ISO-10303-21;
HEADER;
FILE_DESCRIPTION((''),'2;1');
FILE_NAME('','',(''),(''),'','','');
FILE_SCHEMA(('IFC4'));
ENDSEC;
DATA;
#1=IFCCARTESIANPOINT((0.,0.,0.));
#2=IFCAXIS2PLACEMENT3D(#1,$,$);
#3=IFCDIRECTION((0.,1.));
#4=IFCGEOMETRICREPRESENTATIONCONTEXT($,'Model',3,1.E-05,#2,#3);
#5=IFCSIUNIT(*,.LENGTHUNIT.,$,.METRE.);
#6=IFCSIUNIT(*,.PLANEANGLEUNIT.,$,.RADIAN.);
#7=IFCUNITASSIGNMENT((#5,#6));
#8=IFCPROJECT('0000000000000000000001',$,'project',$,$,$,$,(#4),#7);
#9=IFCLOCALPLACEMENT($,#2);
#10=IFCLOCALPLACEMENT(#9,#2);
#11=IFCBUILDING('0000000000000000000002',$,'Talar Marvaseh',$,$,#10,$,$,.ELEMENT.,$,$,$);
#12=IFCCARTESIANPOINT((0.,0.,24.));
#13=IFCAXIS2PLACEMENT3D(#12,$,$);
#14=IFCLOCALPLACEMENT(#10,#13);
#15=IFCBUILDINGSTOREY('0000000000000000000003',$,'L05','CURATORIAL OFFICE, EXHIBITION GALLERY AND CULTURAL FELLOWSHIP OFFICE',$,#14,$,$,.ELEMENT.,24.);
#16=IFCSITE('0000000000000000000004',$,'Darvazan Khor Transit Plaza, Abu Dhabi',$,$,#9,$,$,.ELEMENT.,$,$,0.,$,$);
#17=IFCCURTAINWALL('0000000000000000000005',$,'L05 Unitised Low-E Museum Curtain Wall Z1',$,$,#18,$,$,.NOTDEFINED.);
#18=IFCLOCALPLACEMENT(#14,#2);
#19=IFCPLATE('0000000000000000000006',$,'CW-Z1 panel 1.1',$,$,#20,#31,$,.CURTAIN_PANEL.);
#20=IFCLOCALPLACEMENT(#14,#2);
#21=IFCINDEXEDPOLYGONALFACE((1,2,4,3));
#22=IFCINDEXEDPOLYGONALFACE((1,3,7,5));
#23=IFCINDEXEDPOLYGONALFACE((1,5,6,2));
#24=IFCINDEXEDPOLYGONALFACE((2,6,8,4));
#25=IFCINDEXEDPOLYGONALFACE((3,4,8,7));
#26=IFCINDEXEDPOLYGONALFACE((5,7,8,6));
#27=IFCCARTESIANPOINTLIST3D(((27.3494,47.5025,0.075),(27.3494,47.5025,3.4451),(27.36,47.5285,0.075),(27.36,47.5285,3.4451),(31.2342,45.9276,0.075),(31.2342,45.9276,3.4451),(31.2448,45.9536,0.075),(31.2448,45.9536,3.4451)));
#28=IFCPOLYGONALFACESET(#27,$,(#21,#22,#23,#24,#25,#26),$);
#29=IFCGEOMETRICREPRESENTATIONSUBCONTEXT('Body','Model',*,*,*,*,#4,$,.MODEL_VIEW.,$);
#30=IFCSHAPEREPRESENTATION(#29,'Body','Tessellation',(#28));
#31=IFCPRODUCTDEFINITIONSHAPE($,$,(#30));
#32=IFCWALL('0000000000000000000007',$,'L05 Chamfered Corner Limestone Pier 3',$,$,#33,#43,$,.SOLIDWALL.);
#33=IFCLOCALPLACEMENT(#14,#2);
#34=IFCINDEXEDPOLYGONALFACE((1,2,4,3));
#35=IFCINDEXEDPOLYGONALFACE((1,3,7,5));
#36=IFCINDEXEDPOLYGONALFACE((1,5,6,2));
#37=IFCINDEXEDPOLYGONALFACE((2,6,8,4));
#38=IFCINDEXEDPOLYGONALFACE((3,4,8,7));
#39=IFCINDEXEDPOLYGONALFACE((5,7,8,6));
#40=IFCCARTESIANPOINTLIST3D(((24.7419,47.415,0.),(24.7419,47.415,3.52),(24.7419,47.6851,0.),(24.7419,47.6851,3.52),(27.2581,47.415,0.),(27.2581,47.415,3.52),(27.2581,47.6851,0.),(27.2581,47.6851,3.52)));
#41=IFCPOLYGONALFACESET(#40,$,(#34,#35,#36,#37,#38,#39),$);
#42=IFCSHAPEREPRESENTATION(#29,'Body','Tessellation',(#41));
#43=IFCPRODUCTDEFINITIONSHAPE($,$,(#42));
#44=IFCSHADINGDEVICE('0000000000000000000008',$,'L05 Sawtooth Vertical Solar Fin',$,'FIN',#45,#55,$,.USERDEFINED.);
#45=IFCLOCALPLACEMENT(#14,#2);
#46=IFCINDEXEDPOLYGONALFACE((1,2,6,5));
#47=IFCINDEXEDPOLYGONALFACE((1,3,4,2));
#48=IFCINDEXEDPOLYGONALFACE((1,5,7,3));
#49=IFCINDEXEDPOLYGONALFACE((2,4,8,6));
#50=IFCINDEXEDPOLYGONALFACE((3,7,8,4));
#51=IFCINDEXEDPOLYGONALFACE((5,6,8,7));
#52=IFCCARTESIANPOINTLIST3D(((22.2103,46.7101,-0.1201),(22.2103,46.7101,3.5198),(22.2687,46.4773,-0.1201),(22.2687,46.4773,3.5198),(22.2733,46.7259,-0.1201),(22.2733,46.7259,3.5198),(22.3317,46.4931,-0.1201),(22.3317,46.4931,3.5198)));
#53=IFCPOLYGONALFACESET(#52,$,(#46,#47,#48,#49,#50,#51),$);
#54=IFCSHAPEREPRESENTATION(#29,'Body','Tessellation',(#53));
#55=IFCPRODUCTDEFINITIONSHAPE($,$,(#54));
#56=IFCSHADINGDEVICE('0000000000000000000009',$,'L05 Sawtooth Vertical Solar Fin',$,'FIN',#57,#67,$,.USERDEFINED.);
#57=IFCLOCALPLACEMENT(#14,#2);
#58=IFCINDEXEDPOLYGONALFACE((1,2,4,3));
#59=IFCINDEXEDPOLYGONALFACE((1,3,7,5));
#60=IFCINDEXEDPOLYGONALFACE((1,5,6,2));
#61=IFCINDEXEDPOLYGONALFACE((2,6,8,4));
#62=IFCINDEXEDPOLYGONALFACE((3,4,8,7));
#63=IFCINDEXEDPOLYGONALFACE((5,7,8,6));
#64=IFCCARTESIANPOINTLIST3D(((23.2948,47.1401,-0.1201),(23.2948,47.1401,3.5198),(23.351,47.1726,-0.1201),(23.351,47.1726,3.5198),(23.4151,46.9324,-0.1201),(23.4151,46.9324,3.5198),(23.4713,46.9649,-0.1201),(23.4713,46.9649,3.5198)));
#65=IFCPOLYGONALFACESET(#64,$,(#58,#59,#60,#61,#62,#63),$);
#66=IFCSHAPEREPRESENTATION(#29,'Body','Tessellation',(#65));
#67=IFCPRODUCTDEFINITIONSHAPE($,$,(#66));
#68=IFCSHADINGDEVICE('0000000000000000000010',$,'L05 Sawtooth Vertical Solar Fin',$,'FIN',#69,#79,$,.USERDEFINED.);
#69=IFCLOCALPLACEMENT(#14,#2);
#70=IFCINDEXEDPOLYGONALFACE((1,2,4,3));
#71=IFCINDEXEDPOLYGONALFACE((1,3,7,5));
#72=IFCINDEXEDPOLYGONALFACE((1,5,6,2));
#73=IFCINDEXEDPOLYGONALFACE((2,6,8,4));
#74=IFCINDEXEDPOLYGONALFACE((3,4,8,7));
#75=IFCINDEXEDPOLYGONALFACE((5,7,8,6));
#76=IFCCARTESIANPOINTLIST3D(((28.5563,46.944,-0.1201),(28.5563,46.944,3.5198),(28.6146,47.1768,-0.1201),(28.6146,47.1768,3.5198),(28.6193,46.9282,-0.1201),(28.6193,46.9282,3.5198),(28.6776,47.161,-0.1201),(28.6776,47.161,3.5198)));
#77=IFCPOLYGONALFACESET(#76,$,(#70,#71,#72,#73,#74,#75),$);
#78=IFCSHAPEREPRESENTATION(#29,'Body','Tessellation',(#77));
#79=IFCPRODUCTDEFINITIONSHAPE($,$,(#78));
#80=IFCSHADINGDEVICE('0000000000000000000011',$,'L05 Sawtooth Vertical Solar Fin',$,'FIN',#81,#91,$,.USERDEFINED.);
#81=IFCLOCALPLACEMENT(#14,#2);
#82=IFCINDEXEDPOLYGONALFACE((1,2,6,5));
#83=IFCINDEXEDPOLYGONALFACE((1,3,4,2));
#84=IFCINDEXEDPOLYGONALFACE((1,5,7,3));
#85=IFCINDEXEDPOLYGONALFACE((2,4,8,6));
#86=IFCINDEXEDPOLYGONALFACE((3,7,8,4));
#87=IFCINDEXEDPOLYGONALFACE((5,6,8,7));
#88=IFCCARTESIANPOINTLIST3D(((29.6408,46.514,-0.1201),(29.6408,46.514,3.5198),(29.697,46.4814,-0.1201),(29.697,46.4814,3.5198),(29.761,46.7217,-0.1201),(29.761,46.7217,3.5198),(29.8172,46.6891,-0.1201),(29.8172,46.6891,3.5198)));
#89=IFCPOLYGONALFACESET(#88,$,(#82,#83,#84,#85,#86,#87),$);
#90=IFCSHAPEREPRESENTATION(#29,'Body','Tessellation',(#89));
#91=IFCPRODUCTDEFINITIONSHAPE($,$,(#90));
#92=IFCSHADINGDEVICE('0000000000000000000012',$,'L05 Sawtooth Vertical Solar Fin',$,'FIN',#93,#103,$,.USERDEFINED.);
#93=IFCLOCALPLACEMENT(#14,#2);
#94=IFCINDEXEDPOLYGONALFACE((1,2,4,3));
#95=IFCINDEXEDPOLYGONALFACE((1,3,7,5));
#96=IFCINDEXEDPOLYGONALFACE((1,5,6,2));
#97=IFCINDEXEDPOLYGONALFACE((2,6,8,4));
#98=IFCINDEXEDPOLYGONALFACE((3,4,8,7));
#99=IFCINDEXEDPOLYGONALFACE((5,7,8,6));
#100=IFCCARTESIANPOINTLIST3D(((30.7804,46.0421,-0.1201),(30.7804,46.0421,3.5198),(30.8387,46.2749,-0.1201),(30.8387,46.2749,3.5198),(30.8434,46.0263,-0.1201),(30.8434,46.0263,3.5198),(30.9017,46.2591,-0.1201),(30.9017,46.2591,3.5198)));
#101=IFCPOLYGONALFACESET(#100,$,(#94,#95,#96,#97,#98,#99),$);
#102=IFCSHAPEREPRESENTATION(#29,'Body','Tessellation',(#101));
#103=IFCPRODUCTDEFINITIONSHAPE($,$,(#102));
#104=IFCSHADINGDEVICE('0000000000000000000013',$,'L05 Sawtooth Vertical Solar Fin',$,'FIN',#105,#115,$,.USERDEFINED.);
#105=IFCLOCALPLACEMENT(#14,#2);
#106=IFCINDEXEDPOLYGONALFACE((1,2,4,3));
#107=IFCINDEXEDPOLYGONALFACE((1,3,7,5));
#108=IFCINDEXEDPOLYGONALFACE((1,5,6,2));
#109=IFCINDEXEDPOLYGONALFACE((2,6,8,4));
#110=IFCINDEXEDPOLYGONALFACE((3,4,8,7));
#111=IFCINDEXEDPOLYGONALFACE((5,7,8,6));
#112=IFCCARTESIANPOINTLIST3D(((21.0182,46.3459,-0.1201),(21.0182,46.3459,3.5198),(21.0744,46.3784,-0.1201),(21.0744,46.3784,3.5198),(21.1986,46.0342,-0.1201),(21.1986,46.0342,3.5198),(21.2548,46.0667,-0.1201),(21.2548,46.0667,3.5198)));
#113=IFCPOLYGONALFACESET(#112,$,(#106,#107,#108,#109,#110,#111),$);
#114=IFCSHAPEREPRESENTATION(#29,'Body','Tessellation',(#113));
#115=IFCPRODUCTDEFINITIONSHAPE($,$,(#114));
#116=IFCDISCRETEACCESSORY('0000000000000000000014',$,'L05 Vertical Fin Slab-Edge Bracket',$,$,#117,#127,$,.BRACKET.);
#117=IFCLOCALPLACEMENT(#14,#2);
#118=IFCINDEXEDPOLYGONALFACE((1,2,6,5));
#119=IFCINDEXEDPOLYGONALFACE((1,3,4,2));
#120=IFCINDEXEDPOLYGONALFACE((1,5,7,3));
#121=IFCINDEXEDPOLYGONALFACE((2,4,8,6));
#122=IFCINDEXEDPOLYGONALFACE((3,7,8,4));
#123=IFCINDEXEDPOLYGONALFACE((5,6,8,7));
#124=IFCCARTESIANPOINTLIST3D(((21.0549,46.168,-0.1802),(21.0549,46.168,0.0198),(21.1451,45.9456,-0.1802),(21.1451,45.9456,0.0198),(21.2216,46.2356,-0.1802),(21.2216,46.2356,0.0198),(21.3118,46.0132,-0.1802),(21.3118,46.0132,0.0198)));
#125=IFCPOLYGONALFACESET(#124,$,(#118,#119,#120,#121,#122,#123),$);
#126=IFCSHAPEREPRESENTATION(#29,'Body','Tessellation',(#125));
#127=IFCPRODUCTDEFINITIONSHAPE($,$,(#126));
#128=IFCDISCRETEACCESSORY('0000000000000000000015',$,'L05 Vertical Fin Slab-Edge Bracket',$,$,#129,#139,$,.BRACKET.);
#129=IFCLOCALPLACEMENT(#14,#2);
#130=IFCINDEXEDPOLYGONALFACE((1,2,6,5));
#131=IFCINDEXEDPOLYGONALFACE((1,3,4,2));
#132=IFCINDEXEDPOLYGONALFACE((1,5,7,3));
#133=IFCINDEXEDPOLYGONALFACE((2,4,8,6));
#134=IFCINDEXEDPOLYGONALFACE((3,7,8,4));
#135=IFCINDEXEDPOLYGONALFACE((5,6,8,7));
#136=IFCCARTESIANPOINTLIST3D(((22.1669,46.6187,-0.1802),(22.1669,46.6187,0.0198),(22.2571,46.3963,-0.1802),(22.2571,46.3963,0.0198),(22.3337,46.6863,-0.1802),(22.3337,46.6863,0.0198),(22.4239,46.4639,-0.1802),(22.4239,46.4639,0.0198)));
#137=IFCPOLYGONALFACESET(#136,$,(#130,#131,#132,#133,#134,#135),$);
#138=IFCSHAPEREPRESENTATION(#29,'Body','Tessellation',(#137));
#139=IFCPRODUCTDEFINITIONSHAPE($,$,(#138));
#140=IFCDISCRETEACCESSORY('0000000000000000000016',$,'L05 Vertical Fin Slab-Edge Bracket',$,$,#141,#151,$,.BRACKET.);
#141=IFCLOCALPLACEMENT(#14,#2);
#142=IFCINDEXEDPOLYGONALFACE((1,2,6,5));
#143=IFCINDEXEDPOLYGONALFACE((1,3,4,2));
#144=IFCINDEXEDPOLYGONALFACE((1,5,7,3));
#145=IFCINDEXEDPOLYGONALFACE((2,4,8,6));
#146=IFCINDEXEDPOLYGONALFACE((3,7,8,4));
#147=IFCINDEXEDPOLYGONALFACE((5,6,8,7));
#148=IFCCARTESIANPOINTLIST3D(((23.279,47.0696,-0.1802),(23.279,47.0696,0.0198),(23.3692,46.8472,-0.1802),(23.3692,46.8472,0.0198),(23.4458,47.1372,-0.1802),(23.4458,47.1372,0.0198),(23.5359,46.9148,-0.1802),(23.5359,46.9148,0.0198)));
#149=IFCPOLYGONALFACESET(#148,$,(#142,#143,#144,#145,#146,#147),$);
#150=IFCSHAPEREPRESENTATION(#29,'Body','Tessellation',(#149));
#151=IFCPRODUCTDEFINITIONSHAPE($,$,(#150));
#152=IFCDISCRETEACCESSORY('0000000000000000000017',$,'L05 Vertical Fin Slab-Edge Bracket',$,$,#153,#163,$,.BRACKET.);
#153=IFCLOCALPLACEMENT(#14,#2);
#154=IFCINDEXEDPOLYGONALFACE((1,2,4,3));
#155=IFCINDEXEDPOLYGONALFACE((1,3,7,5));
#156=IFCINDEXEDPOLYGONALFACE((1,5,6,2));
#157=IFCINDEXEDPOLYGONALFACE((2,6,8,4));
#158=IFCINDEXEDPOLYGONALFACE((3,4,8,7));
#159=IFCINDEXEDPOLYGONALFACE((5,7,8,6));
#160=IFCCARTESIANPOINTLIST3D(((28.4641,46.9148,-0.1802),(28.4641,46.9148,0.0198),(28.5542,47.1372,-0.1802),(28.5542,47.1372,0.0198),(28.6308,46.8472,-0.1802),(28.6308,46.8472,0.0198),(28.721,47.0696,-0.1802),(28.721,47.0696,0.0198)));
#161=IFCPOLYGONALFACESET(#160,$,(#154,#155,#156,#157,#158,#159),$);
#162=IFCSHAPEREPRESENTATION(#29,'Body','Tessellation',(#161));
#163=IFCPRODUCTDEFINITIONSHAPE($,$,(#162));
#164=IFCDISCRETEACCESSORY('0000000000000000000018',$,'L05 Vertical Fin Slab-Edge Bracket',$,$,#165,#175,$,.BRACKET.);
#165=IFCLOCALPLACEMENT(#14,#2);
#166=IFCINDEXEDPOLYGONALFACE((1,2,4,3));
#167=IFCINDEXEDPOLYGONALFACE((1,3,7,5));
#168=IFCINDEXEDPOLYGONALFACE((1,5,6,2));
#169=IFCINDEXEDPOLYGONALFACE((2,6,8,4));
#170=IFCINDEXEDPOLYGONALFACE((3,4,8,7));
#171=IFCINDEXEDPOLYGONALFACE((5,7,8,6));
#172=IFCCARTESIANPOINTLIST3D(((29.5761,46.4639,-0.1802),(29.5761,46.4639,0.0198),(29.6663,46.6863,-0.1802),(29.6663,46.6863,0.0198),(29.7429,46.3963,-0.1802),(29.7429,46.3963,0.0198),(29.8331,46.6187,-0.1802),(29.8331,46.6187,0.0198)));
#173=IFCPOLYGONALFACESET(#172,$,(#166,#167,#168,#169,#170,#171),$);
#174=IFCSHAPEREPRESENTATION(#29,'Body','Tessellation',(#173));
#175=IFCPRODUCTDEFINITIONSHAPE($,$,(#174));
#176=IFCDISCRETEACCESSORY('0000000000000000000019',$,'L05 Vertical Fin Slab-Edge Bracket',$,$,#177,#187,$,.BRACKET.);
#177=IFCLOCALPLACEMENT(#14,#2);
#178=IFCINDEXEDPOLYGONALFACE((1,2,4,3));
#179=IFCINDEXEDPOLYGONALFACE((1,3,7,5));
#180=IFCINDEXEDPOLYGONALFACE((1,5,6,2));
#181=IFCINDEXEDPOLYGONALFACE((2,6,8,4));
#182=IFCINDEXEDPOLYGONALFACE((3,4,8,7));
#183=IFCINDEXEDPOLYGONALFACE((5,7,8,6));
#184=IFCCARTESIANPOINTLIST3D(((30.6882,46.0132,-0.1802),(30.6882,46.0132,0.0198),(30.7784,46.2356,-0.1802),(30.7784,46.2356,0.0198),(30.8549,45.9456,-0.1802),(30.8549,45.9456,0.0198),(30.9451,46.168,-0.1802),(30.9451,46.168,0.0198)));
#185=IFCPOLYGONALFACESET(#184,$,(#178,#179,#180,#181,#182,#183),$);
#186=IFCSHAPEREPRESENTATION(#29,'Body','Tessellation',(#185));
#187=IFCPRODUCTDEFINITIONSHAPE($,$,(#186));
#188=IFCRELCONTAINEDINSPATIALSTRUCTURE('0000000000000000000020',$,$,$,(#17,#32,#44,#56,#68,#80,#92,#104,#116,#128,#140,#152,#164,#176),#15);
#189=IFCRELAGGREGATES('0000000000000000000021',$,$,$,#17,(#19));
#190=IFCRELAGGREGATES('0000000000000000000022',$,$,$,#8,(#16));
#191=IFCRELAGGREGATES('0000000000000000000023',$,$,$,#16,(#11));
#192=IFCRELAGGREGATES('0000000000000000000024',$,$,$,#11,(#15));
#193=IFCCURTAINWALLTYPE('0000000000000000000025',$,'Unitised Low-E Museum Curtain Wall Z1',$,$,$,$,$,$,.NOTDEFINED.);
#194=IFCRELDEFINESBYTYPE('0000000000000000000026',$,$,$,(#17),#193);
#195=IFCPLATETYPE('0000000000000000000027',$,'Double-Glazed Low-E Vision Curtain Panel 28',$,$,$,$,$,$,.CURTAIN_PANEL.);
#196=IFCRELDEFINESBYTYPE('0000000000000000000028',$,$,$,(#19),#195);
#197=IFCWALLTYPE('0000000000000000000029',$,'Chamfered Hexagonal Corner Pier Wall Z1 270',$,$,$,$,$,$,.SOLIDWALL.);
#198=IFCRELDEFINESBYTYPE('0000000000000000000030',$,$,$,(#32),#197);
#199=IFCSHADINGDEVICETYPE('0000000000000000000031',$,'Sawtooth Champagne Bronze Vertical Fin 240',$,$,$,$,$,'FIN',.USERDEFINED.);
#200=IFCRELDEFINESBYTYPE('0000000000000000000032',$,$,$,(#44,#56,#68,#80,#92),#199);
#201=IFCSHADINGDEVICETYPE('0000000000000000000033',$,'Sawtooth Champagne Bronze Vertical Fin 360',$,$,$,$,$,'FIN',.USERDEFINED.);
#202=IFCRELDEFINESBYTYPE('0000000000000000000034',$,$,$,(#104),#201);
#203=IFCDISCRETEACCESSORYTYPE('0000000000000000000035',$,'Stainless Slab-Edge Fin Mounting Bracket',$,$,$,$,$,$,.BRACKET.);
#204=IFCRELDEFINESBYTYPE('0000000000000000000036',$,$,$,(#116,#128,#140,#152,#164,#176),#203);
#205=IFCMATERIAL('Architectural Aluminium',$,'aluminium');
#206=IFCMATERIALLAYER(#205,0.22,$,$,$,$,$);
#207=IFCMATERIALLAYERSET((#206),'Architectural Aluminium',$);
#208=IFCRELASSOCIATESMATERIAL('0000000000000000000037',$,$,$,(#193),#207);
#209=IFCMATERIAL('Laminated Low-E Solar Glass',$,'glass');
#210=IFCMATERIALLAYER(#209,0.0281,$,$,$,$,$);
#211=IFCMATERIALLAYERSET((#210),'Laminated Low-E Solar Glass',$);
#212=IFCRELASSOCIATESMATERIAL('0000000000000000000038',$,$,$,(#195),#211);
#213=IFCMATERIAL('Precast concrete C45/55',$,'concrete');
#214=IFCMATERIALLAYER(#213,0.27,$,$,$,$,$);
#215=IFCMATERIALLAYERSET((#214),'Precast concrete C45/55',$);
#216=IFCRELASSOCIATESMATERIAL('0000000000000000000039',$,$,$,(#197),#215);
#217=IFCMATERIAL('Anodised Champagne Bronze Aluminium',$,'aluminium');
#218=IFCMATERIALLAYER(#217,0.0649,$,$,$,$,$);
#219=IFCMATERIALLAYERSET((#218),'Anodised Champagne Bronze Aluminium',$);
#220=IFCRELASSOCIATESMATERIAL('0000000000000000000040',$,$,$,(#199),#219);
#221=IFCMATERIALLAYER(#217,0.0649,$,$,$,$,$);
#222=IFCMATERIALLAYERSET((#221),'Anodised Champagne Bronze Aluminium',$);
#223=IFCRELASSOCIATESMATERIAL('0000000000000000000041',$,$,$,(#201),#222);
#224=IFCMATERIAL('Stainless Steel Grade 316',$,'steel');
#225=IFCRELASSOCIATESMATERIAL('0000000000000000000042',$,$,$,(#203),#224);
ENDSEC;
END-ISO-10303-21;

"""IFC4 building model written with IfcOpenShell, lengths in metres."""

from ifc_helpers import new_model, si_unit, direction, frame, frame_2d, origin, origin_2d, place, context, subcontext, project, spatial, rectangle, extrude, source, transform, mapped, material, layer, layer_set, type_object, type_shapes, element, aggregate, save


model = new_model("IFC4")

# Units and contexts
model_context = context("Model", 3, precision=1e-05, world=origin(), true_north=direction((0.0, 1.0)))
body_context = subcontext(model_context, "Body", "Model", "MODEL_VIEW")
ifc_project = project(units=[si_unit("LENGTHUNIT", "METRE"), si_unit("PLANEANGLEUNIT", "RADIAN")], contexts=[model_context])

# Site, building, storey
site_placement = place(None, origin())
site = spatial("IfcSite", under=ifc_project, at=site_placement, Name="Darvazan Khor Transit Plaza, Abu Dhabi", CompositionType="ELEMENT", RefElevation=0.0)
building_placement = place(site_placement, origin())
building = spatial("IfcBuilding", under=site, at=building_placement, Name="Talar Marvaseh", CompositionType="ELEMENT")
storey_placement = place(building_placement, frame((0.0, 0.0, 24.0)))
storey = spatial("IfcBuildingStorey", under=building, at=storey_placement, Name="L05", Description="CURATORIAL OFFICE, EXHIBITION GALLERY AND CULTURAL FELLOWSHIP OFFICE", CompositionType="ELEMENT", Elevation=24.0)

# Curtain wall
ifc_material_1 = material(Name="Architectural Aluminium", Category="aluminium")
ifc_layer_1 = layer(ifc_material_1, 0.22)
ifc_layer_set_1 = layer_set([ifc_layer_1], Name="Architectural Aluminium")
curtain_wall_type = type_object("IfcCurtainWallType", Name="Unitised Low-E Museum Curtain Wall Z1", PredefinedType="NOTDEFINED", material=ifc_layer_set_1)
curtain_wall_1_placement = place(storey_placement, origin())
curtain_wall_1 = element("IfcCurtainWall", 1, at=curtain_wall_1_placement, inside=storey, type_object=curtain_wall_type, Name="L05 Unitised Low-E Museum Curtain Wall Z1", PredefinedType="NOTDEFINED")

# Plate
ifc_material_2 = material(Name="Laminated Low-E Solar Glass", Category="glass")
ifc_layer_2 = layer(ifc_material_2, 0.0281)
ifc_layer_set_2 = layer_set([ifc_layer_2], Name="Laminated Low-E Solar Glass")
plate_type = type_object("IfcPlateType", Name="Double-Glazed Low-E Vision Curtain Panel 28", PredefinedType="CURTAIN_PANEL", material=ifc_layer_set_2)
shared_shape_1 = source(origin(), body_context, "Body", "SweptSolid", [
    extrude(rectangle(XDim=4.1919, YDim=0.0281, at=origin_2d()), origin(), (0.0, 0.0, 1.0), 3.3701),
])
type_shapes(plate_type, [shared_shape_1])
plate_1_placement = place(storey_placement, frame((29.2971, 46.728, 0.075), z_axis=(0.0, 0.0, 1.0), x_axis=(0.926739, -0.375705, 0.0)))
plate_1 = element("IfcPlate", 2, at=plate_1_placement, type_object=plate_type, Name="CW-Z1 panel 1.1", PredefinedType="CURTAIN_PANEL", context=body_context, shape_type="MappedRepresentation", body=[
    mapped(shared_shape_1, transform((0.0, 0.0, 0.0), x_axis=(1.0, 0.0, 0.0), y_axis=(0.0, 1.0, 0.0), z_axis=(0.0, 0.0, 1.0), scale=1.0)),
])
aggregate(curtain_wall_1, [plate_1])

# Wall
ifc_material_3 = material(Name="Precast concrete C45/55", Category="concrete")
ifc_layer_3 = layer(ifc_material_3, 0.27)
ifc_layer_set_3 = layer_set([ifc_layer_3], Name="Precast concrete C45/55")
wall_type = type_object("IfcWallType", Name="Chamfered Hexagonal Corner Pier Wall Z1 270", PredefinedType="SOLIDWALL", material=ifc_layer_set_3)
wall_placement = place(storey_placement, frame((24.7419, 47.55, 0.0), z_axis=(0.0, 0.0, 1.0), x_axis=(1.0, 0.0, 0.0)))
element("IfcWall", 3, at=wall_placement, inside=storey, type_object=wall_type, Name="L05 Chamfered Corner Limestone Pier 3", PredefinedType="SOLIDWALL", context=body_context, shape_type="SweptSolid", body=[
    extrude(rectangle(XDim=2.5161, YDim=0.27, at=frame_2d((1.2581, 0.0))), origin(), (0.0, 0.0, 1.0), 3.52),
])

# Shading devices
ifc_material_4 = material(Name="Anodised Champagne Bronze Aluminium", Category="aluminium")
ifc_layer_4 = layer(ifc_material_4, 0.0649)
ifc_layer_set_4 = layer_set([ifc_layer_4], Name="Anodised Champagne Bronze Aluminium")
shading_device_type_1 = type_object("IfcShadingDeviceType", Name="Sawtooth Champagne Bronze Vertical Fin 240", ElementType="FIN", PredefinedType="USERDEFINED", material=ifc_layer_set_4)
shared_shape_2 = source(origin(), body_context, "Body", "SweptSolid", [
    extrude(rectangle(XDim=0.24, YDim=0.0649, at=origin_2d()), origin(), (0.0, 0.0, 1.0), 3.6399),
])
type_shapes(shading_device_type_1, [shared_shape_2])
for number, where, z_axis, x_axis, name in (
    (4, (22.271, 46.6016, -0.1201), (0.0, 0.0, 1.0), (-0.243107, 0.969999, 0.0), "L05 Sawtooth Vertical Solar Fin"),
    (5, (23.3831, 47.0525, -0.1201), (0.0, 0.0, 1.0), (-0.501058, 0.865414, 0.0), "L05 Sawtooth Vertical Solar Fin"),
    (6, (28.6169, 47.0525, -0.1201), (0.0, 0.0, 1.0), (0.243107, 0.969999, 0.0), "L05 Sawtooth Vertical Solar Fin"),
    (7, (29.729, 46.6016, -0.1201), (0.0, 0.0, 1.0), (0.501058, 0.865414, 0.0), "L05 Sawtooth Vertical Solar Fin"),
    (8, (30.8411, 46.1506, -0.1201), (0.0, 0.0, 1.0), (0.243107, 0.969999, 0.0), "L05 Sawtooth Vertical Solar Fin"),
):
    element("IfcShadingDevice", number, at=place(storey_placement, frame(where, z_axis=z_axis, x_axis=x_axis)), inside=storey, type_object=shading_device_type_1, Name=name, ObjectType="FIN", PredefinedType="USERDEFINED", context=body_context, shape_type="MappedRepresentation", body=[
        mapped(shared_shape_2, transform((0.0, 0.0, 0.0), x_axis=(1.0, 0.0, 0.0), y_axis=(0.0, 1.0, 0.0), z_axis=(0.0, 0.0, 1.0), scale=1.0)),
    ])
ifc_layer_5 = layer(ifc_material_4, 0.0649)
ifc_layer_set_5 = layer_set([ifc_layer_5], Name="Anodised Champagne Bronze Aluminium")
shading_device_type_2 = type_object("IfcShadingDeviceType", Name="Sawtooth Champagne Bronze Vertical Fin 360", ElementType="FIN", PredefinedType="USERDEFINED", material=ifc_layer_set_5)
shared_shape_3 = source(origin(), body_context, "Body", "SweptSolid", [
    extrude(rectangle(XDim=0.3601, YDim=0.0649, at=origin_2d()), origin(), (0.0, 0.0, 1.0), 3.6399),
])
type_shapes(shading_device_type_2, [shared_shape_3])
shading_device_placement = place(storey_placement, frame((21.1365, 46.2063, -0.1201), z_axis=(0.0, 0.0, 1.0), x_axis=(-0.501058, 0.865414, 0.0)))
element("IfcShadingDevice", 9, at=shading_device_placement, inside=storey, type_object=shading_device_type_2, Name="L05 Sawtooth Vertical Solar Fin", ObjectType="FIN", PredefinedType="USERDEFINED", context=body_context, shape_type="MappedRepresentation", body=[
    mapped(shared_shape_3, transform((0.0, 0.0, 0.0), x_axis=(1.0, 0.0, 0.0), y_axis=(0.0, 1.0, 0.0), z_axis=(0.0, 0.0, 1.0), scale=1.0)),
])

# Discrete accessories
ifc_material_5 = material(Name="Stainless Steel Grade 316", Category="steel")
discrete_accessory_type = type_object("IfcDiscreteAccessoryType", Name="Stainless Slab-Edge Fin Mounting Bracket", PredefinedType="BRACKET", material=ifc_material_5)
shared_shape_4 = source(origin(), body_context, "Body", "SweptSolid", [
    extrude(rectangle(XDim=0.24, YDim=0.1799, at=origin_2d()), origin(), (0.0, 0.0, 1.0), 0.2),
])
type_shapes(discrete_accessory_type, [shared_shape_4])
for number, where, z_axis, x_axis, name in (
    (10, (21.1833, 46.0906, -0.1802), (0.0, 0.0, 1.0), (-0.375739, 0.926725, 0.0), "L05 Vertical Fin Slab-Edge Bracket"),
    (11, (22.2954, 46.5413, -0.1802), (0.0, 0.0, 1.0), (-0.375739, 0.926725, 0.0), "L05 Vertical Fin Slab-Edge Bracket"),
    (12, (23.4075, 46.9922, -0.1802), (0.0, 0.0, 1.0), (-0.375739, 0.926725, 0.0), "L05 Vertical Fin Slab-Edge Bracket"),
    (13, (28.5925, 46.9922, -0.1802), (0.0, 0.0, 1.0), (0.375739, 0.926725, 0.0), "L05 Vertical Fin Slab-Edge Bracket"),
    (14, (29.7046, 46.5413, -0.1802), (0.0, 0.0, 1.0), (0.375739, 0.926725, 0.0), "L05 Vertical Fin Slab-Edge Bracket"),
    (15, (30.8167, 46.0906, -0.1802), (0.0, 0.0, 1.0), (0.375739, 0.926725, 0.0), "L05 Vertical Fin Slab-Edge Bracket"),
):
    element("IfcDiscreteAccessory", number, at=place(storey_placement, frame(where, z_axis=z_axis, x_axis=x_axis)), inside=storey, type_object=discrete_accessory_type, Name=name, PredefinedType="BRACKET", context=body_context, shape_type="MappedRepresentation", body=[
        mapped(shared_shape_4, transform((0.0, 0.0, 0.0), x_axis=(1.0, 0.0, 0.0), y_axis=(0.0, 1.0, 0.0), z_axis=(0.0, 0.0, 1.0), scale=1.0)),
    ])

save(model, "model.ifc")
